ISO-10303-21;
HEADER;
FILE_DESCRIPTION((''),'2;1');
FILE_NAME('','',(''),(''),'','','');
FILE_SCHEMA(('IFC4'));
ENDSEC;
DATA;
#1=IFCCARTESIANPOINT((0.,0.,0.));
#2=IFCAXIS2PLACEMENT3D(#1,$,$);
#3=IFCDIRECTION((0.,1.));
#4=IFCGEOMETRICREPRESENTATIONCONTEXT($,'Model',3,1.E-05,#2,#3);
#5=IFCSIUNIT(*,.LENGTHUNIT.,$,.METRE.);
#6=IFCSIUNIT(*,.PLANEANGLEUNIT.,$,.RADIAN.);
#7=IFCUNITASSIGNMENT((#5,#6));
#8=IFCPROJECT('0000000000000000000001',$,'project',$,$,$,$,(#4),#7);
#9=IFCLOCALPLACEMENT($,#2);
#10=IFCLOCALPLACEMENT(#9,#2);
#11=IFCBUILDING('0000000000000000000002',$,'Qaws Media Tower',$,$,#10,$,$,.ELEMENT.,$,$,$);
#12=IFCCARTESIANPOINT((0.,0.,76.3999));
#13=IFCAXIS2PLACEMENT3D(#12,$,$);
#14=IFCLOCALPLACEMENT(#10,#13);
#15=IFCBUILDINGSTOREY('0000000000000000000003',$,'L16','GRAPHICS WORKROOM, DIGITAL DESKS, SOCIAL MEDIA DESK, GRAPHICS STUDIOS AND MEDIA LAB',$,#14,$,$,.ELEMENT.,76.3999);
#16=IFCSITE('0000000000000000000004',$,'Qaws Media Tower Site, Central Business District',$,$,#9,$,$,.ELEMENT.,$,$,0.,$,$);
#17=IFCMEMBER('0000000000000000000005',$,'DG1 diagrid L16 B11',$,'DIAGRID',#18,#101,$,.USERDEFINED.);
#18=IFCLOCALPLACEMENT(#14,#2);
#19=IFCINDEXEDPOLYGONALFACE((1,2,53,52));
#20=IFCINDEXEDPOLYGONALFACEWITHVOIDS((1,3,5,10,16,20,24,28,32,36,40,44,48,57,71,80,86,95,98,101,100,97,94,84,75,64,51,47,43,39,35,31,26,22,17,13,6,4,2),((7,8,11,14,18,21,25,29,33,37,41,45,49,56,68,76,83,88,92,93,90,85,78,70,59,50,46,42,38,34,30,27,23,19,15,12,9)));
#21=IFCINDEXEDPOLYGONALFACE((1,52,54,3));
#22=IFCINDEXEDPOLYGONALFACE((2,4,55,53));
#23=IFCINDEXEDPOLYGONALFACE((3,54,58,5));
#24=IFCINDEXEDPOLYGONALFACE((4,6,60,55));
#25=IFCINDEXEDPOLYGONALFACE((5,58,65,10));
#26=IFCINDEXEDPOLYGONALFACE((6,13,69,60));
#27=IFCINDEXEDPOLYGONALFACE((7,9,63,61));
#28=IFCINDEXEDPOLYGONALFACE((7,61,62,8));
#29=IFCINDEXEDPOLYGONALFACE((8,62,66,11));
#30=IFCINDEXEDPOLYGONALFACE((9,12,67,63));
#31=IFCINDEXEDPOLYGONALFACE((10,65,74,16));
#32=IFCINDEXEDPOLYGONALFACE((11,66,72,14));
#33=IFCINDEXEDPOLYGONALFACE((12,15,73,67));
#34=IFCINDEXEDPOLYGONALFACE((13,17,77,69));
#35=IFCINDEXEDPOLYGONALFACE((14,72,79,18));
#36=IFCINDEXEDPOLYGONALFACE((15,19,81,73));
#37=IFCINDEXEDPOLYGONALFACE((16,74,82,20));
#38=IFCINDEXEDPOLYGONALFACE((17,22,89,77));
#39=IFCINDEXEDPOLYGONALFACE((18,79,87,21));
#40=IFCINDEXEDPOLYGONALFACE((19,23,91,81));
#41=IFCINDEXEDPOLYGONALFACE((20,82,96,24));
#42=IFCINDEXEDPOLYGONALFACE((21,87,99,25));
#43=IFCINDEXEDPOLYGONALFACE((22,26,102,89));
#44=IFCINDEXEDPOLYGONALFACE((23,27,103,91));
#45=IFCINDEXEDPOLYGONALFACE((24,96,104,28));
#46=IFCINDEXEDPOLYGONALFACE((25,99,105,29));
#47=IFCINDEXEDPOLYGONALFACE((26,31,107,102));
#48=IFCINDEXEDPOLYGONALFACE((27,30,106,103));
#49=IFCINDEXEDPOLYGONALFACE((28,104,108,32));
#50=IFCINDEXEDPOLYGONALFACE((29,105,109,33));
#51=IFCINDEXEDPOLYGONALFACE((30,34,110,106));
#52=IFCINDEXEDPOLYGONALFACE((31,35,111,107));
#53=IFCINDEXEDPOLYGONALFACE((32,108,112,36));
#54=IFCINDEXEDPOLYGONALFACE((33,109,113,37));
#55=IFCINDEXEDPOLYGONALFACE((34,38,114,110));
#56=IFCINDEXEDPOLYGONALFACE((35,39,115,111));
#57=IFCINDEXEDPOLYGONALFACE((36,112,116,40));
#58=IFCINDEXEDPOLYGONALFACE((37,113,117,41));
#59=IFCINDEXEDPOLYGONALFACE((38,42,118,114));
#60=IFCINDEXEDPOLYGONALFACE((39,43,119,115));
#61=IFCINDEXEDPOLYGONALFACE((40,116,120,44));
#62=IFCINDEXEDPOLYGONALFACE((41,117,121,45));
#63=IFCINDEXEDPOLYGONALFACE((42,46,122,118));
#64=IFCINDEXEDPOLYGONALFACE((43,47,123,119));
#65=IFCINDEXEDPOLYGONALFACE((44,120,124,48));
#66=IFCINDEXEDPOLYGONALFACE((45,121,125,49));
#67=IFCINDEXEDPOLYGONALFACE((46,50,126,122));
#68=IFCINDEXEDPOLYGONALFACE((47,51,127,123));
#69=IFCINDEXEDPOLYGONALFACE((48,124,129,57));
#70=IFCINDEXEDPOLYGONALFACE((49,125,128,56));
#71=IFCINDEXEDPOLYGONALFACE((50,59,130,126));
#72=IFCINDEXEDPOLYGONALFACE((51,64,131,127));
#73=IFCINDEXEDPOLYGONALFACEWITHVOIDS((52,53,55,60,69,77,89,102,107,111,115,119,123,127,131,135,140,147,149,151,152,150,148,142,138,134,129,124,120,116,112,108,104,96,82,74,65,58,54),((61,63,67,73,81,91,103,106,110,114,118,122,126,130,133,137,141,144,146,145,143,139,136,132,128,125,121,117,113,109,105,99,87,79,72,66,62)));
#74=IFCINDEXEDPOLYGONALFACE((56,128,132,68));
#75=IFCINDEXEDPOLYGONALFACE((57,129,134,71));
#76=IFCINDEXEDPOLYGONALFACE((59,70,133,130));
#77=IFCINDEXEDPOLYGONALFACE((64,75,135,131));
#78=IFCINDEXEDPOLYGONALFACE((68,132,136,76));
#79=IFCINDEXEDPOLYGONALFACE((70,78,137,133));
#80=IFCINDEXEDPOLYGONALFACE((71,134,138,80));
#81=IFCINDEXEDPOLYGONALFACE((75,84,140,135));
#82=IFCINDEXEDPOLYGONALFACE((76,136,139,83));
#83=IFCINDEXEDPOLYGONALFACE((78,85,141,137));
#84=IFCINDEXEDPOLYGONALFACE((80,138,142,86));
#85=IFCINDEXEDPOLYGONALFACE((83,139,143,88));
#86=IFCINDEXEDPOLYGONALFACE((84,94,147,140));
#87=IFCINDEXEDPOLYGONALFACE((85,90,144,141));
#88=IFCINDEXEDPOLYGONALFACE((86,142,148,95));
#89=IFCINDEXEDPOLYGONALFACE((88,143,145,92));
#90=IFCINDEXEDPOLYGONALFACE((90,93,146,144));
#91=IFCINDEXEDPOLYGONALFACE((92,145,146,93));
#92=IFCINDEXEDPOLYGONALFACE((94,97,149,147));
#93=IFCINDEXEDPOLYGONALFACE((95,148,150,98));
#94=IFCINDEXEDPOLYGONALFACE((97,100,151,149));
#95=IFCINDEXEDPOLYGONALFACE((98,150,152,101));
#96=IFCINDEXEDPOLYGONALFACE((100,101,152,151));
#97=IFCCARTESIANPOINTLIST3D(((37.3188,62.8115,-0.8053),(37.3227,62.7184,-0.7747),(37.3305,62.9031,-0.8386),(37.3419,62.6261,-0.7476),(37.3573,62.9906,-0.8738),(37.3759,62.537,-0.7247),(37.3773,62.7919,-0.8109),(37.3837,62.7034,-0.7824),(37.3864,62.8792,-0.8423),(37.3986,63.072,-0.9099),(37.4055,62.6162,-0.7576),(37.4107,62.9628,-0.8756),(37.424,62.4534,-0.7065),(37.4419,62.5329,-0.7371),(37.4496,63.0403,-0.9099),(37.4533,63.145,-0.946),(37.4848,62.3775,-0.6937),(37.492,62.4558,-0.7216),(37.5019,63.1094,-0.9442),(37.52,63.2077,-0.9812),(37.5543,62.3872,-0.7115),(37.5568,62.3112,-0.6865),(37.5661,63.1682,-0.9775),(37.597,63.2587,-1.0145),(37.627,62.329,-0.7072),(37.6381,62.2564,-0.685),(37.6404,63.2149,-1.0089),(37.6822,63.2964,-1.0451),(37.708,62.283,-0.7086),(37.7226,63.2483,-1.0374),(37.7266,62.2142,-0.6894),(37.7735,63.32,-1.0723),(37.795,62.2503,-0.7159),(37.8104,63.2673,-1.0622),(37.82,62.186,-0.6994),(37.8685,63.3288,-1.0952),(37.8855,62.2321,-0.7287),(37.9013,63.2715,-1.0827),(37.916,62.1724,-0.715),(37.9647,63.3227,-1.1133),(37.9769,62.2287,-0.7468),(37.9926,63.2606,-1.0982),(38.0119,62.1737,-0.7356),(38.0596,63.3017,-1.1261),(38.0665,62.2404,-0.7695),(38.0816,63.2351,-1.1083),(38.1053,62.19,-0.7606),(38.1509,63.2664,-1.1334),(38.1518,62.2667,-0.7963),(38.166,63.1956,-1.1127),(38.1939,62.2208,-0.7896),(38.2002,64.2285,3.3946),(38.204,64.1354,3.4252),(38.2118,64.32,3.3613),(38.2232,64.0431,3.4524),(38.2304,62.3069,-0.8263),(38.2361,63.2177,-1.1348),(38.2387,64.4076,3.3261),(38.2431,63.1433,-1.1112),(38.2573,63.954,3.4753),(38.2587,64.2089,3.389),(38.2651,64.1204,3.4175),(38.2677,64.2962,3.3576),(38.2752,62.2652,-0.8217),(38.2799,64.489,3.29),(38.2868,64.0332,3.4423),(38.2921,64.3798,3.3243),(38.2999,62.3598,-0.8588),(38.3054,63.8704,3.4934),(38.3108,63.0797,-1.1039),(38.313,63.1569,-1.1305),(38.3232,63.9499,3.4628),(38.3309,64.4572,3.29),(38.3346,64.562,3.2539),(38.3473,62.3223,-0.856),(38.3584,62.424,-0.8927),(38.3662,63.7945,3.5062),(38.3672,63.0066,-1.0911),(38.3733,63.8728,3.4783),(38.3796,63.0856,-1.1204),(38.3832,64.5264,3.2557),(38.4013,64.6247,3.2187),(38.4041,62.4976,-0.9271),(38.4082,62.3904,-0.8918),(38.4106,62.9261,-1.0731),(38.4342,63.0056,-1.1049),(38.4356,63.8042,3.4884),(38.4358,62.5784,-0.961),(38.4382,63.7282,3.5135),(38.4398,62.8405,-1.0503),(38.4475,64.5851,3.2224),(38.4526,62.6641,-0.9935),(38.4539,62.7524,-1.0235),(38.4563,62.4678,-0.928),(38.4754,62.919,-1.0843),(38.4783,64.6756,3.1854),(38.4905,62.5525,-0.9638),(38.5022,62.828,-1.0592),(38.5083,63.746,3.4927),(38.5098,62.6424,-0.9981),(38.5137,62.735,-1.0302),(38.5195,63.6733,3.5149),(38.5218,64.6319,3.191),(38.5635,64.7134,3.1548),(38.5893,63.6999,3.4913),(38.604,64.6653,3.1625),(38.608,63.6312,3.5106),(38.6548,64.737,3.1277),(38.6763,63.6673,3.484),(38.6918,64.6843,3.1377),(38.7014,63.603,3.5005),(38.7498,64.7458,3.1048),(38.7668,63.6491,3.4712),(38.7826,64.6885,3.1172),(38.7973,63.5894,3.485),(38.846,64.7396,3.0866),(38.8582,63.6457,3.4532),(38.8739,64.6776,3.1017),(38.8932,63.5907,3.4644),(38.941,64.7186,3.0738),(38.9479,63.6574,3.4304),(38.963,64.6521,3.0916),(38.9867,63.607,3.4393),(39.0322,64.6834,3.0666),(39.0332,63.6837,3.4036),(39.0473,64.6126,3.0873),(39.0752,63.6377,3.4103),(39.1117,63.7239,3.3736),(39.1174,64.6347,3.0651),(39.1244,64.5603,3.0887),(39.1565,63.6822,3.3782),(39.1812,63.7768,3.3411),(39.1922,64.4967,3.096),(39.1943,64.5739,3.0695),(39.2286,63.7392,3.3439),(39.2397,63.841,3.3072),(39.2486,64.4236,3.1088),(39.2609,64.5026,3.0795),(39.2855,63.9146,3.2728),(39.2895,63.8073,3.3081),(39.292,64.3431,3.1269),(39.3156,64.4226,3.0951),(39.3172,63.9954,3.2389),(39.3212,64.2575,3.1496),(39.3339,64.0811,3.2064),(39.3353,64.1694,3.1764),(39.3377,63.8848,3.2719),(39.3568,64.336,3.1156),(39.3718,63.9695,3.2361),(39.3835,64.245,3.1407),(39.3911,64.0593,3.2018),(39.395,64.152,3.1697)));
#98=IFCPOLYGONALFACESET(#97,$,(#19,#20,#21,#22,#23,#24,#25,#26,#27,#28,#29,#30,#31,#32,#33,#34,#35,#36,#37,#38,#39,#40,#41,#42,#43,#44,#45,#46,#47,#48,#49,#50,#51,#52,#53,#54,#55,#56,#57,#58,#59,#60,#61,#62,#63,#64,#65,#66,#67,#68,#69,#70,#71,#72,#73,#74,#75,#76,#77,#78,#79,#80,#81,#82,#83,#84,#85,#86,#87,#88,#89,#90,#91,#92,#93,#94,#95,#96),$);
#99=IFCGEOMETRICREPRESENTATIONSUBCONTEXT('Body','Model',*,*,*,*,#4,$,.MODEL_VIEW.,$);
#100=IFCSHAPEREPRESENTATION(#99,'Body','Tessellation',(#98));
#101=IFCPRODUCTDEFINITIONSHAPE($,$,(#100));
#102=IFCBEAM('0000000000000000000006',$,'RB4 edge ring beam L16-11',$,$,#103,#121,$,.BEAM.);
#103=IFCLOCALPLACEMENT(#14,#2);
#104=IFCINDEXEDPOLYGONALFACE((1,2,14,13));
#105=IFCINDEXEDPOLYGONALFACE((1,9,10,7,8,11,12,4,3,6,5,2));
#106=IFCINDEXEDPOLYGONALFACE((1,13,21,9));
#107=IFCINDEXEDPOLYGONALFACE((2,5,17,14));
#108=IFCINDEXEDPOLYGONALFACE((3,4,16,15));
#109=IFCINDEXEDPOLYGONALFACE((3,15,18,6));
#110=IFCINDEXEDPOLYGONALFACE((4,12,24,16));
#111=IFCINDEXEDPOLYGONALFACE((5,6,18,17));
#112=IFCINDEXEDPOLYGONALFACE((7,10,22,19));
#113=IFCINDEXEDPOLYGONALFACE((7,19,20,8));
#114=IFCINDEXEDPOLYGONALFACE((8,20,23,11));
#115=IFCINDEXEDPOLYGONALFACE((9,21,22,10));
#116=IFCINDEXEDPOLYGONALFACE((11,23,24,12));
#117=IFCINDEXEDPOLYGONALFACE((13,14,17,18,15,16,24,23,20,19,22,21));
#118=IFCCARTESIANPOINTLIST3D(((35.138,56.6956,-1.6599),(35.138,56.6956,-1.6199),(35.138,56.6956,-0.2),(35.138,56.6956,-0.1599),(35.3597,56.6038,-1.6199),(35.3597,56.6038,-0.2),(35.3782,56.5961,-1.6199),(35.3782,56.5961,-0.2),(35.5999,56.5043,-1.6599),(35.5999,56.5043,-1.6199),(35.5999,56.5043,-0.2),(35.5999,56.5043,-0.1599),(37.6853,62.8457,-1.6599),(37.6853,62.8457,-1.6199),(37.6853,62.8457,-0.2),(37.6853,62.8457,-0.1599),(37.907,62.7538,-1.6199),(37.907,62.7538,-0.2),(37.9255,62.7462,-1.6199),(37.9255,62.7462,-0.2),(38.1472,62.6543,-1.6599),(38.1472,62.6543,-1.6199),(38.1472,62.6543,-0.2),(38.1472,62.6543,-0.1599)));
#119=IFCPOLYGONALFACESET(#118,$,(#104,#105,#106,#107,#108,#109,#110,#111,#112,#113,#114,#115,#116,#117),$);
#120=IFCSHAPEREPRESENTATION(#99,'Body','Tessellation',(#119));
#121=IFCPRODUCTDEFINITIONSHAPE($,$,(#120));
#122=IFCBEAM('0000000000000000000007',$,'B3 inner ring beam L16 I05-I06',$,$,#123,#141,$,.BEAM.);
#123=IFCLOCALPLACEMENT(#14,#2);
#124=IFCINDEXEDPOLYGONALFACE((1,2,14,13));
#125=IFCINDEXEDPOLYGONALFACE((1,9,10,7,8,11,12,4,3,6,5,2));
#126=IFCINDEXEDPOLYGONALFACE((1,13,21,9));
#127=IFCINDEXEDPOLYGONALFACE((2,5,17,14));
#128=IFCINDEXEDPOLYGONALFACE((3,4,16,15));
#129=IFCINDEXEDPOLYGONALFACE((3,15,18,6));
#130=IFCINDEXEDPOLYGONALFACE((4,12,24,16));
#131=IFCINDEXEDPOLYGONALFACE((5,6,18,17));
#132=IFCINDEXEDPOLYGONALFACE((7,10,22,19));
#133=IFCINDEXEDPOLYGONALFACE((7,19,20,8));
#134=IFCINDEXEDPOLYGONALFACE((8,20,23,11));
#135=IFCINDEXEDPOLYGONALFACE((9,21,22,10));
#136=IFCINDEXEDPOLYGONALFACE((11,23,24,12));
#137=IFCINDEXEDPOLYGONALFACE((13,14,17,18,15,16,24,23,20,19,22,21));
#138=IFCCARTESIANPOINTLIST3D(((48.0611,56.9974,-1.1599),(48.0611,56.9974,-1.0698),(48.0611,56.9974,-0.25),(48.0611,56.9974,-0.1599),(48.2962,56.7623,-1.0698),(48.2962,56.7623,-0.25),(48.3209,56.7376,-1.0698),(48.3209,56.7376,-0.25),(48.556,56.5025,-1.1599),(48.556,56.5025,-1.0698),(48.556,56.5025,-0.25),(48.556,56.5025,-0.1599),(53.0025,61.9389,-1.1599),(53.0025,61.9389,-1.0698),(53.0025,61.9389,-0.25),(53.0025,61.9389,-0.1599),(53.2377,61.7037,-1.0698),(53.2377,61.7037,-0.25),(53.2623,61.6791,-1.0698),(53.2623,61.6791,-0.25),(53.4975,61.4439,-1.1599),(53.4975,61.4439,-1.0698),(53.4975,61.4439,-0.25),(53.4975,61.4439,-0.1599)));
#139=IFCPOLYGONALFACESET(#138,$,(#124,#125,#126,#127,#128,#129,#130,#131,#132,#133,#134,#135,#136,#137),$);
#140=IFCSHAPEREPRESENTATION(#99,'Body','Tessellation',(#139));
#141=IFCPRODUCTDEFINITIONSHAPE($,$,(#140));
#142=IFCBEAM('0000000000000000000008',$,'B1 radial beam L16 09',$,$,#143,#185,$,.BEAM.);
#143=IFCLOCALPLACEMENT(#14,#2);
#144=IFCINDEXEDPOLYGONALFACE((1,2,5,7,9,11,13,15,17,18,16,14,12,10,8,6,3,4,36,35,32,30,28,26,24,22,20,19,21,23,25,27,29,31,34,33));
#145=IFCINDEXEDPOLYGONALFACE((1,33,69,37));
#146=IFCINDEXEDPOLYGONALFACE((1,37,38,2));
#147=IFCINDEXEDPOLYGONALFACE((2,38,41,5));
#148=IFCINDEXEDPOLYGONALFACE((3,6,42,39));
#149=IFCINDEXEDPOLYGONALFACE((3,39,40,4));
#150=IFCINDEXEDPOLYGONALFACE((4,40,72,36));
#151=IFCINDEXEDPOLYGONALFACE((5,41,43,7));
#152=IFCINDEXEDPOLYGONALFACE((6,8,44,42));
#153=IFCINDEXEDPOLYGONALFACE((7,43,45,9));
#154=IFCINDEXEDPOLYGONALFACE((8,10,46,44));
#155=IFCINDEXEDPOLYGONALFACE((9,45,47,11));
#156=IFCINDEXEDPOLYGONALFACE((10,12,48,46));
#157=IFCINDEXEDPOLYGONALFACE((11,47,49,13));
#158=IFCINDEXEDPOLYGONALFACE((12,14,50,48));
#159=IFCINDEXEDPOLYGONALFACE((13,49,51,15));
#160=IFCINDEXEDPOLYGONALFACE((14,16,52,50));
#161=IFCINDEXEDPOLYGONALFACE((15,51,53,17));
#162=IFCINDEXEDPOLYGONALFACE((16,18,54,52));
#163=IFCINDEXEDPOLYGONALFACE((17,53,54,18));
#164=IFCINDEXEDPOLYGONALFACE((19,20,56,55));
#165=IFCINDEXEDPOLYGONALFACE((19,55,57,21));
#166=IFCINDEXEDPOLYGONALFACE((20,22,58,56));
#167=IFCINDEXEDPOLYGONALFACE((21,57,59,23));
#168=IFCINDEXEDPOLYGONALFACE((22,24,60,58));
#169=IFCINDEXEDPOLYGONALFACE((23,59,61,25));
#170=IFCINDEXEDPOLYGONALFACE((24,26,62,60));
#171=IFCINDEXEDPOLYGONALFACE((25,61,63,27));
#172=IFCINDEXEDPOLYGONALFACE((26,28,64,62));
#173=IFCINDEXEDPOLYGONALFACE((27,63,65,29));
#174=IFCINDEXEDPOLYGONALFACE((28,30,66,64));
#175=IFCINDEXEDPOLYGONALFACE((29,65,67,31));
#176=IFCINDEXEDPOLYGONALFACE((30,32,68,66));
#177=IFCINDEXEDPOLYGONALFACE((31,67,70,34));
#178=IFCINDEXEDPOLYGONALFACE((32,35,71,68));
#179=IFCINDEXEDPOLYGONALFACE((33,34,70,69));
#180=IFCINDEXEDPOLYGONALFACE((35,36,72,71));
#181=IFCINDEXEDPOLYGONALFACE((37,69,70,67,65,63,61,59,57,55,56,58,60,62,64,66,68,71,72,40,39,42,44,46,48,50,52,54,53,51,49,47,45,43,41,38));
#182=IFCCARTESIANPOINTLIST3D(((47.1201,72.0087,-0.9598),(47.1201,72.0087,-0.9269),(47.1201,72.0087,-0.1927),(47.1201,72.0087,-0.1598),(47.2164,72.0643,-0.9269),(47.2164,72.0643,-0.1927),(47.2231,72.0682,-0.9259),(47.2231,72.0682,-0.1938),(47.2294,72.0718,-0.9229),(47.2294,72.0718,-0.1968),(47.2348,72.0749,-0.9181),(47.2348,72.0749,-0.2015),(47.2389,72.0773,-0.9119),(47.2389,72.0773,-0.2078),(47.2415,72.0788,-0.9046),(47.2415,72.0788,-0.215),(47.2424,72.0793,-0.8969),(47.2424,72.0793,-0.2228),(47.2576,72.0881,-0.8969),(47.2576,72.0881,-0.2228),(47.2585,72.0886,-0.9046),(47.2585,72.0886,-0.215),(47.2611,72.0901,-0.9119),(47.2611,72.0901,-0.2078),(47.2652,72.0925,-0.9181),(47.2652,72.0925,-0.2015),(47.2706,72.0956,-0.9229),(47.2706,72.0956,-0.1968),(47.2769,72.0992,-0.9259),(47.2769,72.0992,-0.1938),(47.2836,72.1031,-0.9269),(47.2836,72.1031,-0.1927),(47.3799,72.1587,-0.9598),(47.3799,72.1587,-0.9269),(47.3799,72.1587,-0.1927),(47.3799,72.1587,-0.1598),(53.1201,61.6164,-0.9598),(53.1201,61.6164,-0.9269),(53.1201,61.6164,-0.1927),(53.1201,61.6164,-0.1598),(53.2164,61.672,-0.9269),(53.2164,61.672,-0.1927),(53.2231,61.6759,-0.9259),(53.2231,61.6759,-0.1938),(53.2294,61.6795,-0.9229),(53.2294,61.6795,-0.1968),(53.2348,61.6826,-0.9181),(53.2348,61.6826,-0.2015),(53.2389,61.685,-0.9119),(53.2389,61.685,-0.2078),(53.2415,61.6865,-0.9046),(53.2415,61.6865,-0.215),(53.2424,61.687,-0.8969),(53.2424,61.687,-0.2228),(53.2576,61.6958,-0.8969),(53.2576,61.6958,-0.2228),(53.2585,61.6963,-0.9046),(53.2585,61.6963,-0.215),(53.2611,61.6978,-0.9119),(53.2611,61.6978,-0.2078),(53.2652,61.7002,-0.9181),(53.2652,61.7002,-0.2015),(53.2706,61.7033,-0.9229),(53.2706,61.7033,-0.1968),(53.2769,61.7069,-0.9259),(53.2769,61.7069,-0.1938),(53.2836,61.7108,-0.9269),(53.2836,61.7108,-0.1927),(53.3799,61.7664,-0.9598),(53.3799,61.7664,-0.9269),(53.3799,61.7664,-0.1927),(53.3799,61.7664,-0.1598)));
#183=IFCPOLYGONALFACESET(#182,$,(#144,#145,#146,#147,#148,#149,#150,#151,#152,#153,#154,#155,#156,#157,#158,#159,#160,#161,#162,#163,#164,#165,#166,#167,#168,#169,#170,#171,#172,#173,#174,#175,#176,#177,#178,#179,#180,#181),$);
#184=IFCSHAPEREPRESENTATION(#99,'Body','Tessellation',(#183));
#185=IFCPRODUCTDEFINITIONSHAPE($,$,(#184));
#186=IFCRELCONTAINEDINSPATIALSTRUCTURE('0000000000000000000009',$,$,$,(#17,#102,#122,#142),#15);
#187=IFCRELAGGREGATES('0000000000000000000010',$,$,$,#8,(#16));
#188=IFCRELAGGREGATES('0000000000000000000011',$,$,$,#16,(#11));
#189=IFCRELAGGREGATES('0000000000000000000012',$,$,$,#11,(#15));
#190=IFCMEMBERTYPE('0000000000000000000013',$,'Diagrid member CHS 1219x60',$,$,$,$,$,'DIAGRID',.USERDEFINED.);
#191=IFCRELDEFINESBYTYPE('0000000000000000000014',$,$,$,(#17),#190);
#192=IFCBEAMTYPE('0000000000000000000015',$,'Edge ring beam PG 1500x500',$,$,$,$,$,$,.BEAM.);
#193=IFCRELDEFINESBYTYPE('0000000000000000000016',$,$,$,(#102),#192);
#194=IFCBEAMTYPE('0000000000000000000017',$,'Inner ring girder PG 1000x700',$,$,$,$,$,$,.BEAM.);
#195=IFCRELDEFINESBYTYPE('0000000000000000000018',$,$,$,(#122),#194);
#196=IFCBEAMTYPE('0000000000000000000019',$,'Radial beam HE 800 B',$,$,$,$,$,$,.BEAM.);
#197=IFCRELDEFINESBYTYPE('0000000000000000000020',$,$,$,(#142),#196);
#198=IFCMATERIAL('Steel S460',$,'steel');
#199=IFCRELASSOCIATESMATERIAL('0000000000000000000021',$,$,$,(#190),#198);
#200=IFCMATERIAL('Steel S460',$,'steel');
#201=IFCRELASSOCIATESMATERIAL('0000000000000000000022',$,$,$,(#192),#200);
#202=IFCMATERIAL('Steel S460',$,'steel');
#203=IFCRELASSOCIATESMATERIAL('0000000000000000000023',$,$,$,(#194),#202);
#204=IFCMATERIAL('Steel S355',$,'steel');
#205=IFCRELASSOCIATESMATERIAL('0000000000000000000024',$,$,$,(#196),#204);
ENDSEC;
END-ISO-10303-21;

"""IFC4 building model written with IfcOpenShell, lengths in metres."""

from ifc_helpers import new_model, si_unit, direction, frame, origin, origin_2d, place, context, subcontext, project, spatial, hollow_circle, i_section, extrude, material, material_profile, profile_set, type_object, element, save


model = new_model("IFC4")

# Units and contexts
model_context = context("Model", 3, precision=1e-05, world=origin(), true_north=direction((0.0, 1.0)))
body_context = subcontext(model_context, "Body", "Model", "MODEL_VIEW")
ifc_project = project(units=[si_unit("LENGTHUNIT", "METRE"), si_unit("PLANEANGLEUNIT", "RADIAN")], contexts=[model_context])

# Site, building, storey
site_placement = place(None, origin())
site = spatial("IfcSite", under=ifc_project, at=site_placement, Name="Qaws Media Tower Site, Central Business District", CompositionType="ELEMENT", RefElevation=0.0)
building_placement = place(site_placement, origin())
building = spatial("IfcBuilding", under=site, at=building_placement, Name="Qaws Media Tower", CompositionType="ELEMENT")
storey_placement = place(building_placement, frame((0.0, 0.0, 76.3999)))
storey = spatial("IfcBuildingStorey", under=building, at=storey_placement, Name="L16", Description="GRAPHICS WORKROOM, DIGITAL DESKS, SOCIAL MEDIA DESK, GRAPHICS STUDIOS AND MEDIA LAB", CompositionType="ELEMENT", Elevation=76.3999)

# Member
ifc_material_1 = material(Name="Steel S460", Category="steel")
ifc_material_profile_1 = material_profile(ifc_material_1, hollow_circle(Radius=0.6096, WallThickness=0.0601, at=origin_2d()), Name="CHS 1219x60")
ifc_profile_set_1 = profile_set([ifc_material_profile_1], Name="Steel S460")
member_type_1 = type_object("IfcMemberType", Name="Diagrid member CHS 1219x60", ElementType="DIAGRID", PredefinedType="USERDEFINED", material=ifc_profile_set_1)
for number, where, z_axis, x_axis, name in (
    (1, (37.9163, 62.75, -0.9099), (0.195018, 0.313541, 0.929333), (-0.849147, 0.528157, 0.0), "DG1 diagrid L16 B11"),
):
    element("IfcMember", number, at=place(storey_placement, frame(where, z_axis=z_axis, x_axis=x_axis)), inside=storey, type_object=member_type_1, Name=name, ObjectType="DIAGRID", PredefinedType="USERDEFINED", context=body_context, shape_type="SweptSolid", body=[
        extrude(hollow_circle(Radius=0.6096, WallThickness=0.0601, at=origin_2d()), origin(), (0.0, 0.0, 1.0), 4.5193),
    ])

# Beams
ifc_material_2 = material(Name="Steel S460", Category="steel")
ifc_material_profile_2 = material_profile(ifc_material_2, i_section(OverallWidth=0.5, OverallDepth=1.5, WebThickness=0.02, FlangeThickness=0.04, at=origin_2d()), Name="PG 1500x500")
ifc_profile_set_2 = profile_set([ifc_material_profile_2], Name="Steel S460")
beam_type_1 = type_object("IfcBeamType", Name="Edge ring beam PG 1500x500", PredefinedType="BEAM", material=ifc_profile_set_2)
beam_1_placement = place(storey_placement, frame((37.9163, 62.75, -0.9099), z_axis=(-0.382669, -0.923885, 0.0), x_axis=(0.923885, -0.382669, 0.0)))
element("IfcBeam", 2, at=beam_1_placement, inside=storey, type_object=beam_type_1, Name="RB4 edge ring beam L16-11", PredefinedType="BEAM", context=body_context, shape_type="SweptSolid", body=[
    extrude(i_section(OverallWidth=0.5, OverallDepth=1.5, WebThickness=0.02, FlangeThickness=0.04, at=origin_2d()), origin(), (0.0, 0.0, 1.0), 6.6567),
])
ifc_material_3 = material(Name="Steel S460", Category="steel")
ifc_material_profile_3 = material_profile(ifc_material_3, i_section(OverallWidth=0.7, OverallDepth=1.0, WebThickness=0.0349, FlangeThickness=0.0901, at=origin_2d()), Name="PG 1000x700")
ifc_profile_set_3 = profile_set([ifc_material_profile_3], Name="Steel S460")
beam_type_2 = type_object("IfcBeamType", Name="Inner ring girder PG 1000x700", PredefinedType="BEAM", material=ifc_profile_set_3)
beam_2_placement = place(storey_placement, frame((53.25, 61.6914, -0.6599), z_axis=(-0.707107, -0.707107, 0.0), x_axis=(0.707107, -0.707107, 0.0)))
element("IfcBeam", 3, at=beam_2_placement, inside=storey, type_object=beam_type_2, Name="B3 inner ring beam L16 I05-I06", PredefinedType="BEAM", context=body_context, shape_type="SweptSolid", body=[
    extrude(i_section(OverallWidth=0.7, OverallDepth=1.0, WebThickness=0.0349, FlangeThickness=0.0901, at=origin_2d()), origin(), (0.0, 0.0, 1.0), 6.9883),
])
ifc_material_4 = material(Name="Steel S355", Category="steel")
ifc_material_profile_4 = material_profile(ifc_material_4, i_section(OverallWidth=0.3, OverallDepth=0.8, WebThickness=0.0176, FlangeThickness=0.033, FilletRadius=0.03, at=origin_2d()), Name="HE 800 B")
ifc_profile_set_4 = profile_set([ifc_material_profile_4], Name="Steel S355")
beam_type_3 = type_object("IfcBeamType", Name="Radial beam HE 800 B", PredefinedType="BEAM", material=ifc_profile_set_4)
beam_3_placement = place(storey_placement, frame((53.25, 61.6914, -0.5598), z_axis=(-0.499999, 0.866026, 0.0), x_axis=(-0.866026, -0.499999, 0.0)))
element("IfcBeam", 4, at=beam_3_placement, inside=storey, type_object=beam_type_3, Name="B1 radial beam L16 09", PredefinedType="BEAM", context=body_context, shape_type="SweptSolid", body=[
    extrude(i_section(OverallWidth=0.3, OverallDepth=0.8, WebThickness=0.0176, FlangeThickness=0.033, FilletRadius=0.03, at=origin_2d()), origin(), (0.0, 0.0, 1.0), 12.0),
])

save(model, "model.ifc")
